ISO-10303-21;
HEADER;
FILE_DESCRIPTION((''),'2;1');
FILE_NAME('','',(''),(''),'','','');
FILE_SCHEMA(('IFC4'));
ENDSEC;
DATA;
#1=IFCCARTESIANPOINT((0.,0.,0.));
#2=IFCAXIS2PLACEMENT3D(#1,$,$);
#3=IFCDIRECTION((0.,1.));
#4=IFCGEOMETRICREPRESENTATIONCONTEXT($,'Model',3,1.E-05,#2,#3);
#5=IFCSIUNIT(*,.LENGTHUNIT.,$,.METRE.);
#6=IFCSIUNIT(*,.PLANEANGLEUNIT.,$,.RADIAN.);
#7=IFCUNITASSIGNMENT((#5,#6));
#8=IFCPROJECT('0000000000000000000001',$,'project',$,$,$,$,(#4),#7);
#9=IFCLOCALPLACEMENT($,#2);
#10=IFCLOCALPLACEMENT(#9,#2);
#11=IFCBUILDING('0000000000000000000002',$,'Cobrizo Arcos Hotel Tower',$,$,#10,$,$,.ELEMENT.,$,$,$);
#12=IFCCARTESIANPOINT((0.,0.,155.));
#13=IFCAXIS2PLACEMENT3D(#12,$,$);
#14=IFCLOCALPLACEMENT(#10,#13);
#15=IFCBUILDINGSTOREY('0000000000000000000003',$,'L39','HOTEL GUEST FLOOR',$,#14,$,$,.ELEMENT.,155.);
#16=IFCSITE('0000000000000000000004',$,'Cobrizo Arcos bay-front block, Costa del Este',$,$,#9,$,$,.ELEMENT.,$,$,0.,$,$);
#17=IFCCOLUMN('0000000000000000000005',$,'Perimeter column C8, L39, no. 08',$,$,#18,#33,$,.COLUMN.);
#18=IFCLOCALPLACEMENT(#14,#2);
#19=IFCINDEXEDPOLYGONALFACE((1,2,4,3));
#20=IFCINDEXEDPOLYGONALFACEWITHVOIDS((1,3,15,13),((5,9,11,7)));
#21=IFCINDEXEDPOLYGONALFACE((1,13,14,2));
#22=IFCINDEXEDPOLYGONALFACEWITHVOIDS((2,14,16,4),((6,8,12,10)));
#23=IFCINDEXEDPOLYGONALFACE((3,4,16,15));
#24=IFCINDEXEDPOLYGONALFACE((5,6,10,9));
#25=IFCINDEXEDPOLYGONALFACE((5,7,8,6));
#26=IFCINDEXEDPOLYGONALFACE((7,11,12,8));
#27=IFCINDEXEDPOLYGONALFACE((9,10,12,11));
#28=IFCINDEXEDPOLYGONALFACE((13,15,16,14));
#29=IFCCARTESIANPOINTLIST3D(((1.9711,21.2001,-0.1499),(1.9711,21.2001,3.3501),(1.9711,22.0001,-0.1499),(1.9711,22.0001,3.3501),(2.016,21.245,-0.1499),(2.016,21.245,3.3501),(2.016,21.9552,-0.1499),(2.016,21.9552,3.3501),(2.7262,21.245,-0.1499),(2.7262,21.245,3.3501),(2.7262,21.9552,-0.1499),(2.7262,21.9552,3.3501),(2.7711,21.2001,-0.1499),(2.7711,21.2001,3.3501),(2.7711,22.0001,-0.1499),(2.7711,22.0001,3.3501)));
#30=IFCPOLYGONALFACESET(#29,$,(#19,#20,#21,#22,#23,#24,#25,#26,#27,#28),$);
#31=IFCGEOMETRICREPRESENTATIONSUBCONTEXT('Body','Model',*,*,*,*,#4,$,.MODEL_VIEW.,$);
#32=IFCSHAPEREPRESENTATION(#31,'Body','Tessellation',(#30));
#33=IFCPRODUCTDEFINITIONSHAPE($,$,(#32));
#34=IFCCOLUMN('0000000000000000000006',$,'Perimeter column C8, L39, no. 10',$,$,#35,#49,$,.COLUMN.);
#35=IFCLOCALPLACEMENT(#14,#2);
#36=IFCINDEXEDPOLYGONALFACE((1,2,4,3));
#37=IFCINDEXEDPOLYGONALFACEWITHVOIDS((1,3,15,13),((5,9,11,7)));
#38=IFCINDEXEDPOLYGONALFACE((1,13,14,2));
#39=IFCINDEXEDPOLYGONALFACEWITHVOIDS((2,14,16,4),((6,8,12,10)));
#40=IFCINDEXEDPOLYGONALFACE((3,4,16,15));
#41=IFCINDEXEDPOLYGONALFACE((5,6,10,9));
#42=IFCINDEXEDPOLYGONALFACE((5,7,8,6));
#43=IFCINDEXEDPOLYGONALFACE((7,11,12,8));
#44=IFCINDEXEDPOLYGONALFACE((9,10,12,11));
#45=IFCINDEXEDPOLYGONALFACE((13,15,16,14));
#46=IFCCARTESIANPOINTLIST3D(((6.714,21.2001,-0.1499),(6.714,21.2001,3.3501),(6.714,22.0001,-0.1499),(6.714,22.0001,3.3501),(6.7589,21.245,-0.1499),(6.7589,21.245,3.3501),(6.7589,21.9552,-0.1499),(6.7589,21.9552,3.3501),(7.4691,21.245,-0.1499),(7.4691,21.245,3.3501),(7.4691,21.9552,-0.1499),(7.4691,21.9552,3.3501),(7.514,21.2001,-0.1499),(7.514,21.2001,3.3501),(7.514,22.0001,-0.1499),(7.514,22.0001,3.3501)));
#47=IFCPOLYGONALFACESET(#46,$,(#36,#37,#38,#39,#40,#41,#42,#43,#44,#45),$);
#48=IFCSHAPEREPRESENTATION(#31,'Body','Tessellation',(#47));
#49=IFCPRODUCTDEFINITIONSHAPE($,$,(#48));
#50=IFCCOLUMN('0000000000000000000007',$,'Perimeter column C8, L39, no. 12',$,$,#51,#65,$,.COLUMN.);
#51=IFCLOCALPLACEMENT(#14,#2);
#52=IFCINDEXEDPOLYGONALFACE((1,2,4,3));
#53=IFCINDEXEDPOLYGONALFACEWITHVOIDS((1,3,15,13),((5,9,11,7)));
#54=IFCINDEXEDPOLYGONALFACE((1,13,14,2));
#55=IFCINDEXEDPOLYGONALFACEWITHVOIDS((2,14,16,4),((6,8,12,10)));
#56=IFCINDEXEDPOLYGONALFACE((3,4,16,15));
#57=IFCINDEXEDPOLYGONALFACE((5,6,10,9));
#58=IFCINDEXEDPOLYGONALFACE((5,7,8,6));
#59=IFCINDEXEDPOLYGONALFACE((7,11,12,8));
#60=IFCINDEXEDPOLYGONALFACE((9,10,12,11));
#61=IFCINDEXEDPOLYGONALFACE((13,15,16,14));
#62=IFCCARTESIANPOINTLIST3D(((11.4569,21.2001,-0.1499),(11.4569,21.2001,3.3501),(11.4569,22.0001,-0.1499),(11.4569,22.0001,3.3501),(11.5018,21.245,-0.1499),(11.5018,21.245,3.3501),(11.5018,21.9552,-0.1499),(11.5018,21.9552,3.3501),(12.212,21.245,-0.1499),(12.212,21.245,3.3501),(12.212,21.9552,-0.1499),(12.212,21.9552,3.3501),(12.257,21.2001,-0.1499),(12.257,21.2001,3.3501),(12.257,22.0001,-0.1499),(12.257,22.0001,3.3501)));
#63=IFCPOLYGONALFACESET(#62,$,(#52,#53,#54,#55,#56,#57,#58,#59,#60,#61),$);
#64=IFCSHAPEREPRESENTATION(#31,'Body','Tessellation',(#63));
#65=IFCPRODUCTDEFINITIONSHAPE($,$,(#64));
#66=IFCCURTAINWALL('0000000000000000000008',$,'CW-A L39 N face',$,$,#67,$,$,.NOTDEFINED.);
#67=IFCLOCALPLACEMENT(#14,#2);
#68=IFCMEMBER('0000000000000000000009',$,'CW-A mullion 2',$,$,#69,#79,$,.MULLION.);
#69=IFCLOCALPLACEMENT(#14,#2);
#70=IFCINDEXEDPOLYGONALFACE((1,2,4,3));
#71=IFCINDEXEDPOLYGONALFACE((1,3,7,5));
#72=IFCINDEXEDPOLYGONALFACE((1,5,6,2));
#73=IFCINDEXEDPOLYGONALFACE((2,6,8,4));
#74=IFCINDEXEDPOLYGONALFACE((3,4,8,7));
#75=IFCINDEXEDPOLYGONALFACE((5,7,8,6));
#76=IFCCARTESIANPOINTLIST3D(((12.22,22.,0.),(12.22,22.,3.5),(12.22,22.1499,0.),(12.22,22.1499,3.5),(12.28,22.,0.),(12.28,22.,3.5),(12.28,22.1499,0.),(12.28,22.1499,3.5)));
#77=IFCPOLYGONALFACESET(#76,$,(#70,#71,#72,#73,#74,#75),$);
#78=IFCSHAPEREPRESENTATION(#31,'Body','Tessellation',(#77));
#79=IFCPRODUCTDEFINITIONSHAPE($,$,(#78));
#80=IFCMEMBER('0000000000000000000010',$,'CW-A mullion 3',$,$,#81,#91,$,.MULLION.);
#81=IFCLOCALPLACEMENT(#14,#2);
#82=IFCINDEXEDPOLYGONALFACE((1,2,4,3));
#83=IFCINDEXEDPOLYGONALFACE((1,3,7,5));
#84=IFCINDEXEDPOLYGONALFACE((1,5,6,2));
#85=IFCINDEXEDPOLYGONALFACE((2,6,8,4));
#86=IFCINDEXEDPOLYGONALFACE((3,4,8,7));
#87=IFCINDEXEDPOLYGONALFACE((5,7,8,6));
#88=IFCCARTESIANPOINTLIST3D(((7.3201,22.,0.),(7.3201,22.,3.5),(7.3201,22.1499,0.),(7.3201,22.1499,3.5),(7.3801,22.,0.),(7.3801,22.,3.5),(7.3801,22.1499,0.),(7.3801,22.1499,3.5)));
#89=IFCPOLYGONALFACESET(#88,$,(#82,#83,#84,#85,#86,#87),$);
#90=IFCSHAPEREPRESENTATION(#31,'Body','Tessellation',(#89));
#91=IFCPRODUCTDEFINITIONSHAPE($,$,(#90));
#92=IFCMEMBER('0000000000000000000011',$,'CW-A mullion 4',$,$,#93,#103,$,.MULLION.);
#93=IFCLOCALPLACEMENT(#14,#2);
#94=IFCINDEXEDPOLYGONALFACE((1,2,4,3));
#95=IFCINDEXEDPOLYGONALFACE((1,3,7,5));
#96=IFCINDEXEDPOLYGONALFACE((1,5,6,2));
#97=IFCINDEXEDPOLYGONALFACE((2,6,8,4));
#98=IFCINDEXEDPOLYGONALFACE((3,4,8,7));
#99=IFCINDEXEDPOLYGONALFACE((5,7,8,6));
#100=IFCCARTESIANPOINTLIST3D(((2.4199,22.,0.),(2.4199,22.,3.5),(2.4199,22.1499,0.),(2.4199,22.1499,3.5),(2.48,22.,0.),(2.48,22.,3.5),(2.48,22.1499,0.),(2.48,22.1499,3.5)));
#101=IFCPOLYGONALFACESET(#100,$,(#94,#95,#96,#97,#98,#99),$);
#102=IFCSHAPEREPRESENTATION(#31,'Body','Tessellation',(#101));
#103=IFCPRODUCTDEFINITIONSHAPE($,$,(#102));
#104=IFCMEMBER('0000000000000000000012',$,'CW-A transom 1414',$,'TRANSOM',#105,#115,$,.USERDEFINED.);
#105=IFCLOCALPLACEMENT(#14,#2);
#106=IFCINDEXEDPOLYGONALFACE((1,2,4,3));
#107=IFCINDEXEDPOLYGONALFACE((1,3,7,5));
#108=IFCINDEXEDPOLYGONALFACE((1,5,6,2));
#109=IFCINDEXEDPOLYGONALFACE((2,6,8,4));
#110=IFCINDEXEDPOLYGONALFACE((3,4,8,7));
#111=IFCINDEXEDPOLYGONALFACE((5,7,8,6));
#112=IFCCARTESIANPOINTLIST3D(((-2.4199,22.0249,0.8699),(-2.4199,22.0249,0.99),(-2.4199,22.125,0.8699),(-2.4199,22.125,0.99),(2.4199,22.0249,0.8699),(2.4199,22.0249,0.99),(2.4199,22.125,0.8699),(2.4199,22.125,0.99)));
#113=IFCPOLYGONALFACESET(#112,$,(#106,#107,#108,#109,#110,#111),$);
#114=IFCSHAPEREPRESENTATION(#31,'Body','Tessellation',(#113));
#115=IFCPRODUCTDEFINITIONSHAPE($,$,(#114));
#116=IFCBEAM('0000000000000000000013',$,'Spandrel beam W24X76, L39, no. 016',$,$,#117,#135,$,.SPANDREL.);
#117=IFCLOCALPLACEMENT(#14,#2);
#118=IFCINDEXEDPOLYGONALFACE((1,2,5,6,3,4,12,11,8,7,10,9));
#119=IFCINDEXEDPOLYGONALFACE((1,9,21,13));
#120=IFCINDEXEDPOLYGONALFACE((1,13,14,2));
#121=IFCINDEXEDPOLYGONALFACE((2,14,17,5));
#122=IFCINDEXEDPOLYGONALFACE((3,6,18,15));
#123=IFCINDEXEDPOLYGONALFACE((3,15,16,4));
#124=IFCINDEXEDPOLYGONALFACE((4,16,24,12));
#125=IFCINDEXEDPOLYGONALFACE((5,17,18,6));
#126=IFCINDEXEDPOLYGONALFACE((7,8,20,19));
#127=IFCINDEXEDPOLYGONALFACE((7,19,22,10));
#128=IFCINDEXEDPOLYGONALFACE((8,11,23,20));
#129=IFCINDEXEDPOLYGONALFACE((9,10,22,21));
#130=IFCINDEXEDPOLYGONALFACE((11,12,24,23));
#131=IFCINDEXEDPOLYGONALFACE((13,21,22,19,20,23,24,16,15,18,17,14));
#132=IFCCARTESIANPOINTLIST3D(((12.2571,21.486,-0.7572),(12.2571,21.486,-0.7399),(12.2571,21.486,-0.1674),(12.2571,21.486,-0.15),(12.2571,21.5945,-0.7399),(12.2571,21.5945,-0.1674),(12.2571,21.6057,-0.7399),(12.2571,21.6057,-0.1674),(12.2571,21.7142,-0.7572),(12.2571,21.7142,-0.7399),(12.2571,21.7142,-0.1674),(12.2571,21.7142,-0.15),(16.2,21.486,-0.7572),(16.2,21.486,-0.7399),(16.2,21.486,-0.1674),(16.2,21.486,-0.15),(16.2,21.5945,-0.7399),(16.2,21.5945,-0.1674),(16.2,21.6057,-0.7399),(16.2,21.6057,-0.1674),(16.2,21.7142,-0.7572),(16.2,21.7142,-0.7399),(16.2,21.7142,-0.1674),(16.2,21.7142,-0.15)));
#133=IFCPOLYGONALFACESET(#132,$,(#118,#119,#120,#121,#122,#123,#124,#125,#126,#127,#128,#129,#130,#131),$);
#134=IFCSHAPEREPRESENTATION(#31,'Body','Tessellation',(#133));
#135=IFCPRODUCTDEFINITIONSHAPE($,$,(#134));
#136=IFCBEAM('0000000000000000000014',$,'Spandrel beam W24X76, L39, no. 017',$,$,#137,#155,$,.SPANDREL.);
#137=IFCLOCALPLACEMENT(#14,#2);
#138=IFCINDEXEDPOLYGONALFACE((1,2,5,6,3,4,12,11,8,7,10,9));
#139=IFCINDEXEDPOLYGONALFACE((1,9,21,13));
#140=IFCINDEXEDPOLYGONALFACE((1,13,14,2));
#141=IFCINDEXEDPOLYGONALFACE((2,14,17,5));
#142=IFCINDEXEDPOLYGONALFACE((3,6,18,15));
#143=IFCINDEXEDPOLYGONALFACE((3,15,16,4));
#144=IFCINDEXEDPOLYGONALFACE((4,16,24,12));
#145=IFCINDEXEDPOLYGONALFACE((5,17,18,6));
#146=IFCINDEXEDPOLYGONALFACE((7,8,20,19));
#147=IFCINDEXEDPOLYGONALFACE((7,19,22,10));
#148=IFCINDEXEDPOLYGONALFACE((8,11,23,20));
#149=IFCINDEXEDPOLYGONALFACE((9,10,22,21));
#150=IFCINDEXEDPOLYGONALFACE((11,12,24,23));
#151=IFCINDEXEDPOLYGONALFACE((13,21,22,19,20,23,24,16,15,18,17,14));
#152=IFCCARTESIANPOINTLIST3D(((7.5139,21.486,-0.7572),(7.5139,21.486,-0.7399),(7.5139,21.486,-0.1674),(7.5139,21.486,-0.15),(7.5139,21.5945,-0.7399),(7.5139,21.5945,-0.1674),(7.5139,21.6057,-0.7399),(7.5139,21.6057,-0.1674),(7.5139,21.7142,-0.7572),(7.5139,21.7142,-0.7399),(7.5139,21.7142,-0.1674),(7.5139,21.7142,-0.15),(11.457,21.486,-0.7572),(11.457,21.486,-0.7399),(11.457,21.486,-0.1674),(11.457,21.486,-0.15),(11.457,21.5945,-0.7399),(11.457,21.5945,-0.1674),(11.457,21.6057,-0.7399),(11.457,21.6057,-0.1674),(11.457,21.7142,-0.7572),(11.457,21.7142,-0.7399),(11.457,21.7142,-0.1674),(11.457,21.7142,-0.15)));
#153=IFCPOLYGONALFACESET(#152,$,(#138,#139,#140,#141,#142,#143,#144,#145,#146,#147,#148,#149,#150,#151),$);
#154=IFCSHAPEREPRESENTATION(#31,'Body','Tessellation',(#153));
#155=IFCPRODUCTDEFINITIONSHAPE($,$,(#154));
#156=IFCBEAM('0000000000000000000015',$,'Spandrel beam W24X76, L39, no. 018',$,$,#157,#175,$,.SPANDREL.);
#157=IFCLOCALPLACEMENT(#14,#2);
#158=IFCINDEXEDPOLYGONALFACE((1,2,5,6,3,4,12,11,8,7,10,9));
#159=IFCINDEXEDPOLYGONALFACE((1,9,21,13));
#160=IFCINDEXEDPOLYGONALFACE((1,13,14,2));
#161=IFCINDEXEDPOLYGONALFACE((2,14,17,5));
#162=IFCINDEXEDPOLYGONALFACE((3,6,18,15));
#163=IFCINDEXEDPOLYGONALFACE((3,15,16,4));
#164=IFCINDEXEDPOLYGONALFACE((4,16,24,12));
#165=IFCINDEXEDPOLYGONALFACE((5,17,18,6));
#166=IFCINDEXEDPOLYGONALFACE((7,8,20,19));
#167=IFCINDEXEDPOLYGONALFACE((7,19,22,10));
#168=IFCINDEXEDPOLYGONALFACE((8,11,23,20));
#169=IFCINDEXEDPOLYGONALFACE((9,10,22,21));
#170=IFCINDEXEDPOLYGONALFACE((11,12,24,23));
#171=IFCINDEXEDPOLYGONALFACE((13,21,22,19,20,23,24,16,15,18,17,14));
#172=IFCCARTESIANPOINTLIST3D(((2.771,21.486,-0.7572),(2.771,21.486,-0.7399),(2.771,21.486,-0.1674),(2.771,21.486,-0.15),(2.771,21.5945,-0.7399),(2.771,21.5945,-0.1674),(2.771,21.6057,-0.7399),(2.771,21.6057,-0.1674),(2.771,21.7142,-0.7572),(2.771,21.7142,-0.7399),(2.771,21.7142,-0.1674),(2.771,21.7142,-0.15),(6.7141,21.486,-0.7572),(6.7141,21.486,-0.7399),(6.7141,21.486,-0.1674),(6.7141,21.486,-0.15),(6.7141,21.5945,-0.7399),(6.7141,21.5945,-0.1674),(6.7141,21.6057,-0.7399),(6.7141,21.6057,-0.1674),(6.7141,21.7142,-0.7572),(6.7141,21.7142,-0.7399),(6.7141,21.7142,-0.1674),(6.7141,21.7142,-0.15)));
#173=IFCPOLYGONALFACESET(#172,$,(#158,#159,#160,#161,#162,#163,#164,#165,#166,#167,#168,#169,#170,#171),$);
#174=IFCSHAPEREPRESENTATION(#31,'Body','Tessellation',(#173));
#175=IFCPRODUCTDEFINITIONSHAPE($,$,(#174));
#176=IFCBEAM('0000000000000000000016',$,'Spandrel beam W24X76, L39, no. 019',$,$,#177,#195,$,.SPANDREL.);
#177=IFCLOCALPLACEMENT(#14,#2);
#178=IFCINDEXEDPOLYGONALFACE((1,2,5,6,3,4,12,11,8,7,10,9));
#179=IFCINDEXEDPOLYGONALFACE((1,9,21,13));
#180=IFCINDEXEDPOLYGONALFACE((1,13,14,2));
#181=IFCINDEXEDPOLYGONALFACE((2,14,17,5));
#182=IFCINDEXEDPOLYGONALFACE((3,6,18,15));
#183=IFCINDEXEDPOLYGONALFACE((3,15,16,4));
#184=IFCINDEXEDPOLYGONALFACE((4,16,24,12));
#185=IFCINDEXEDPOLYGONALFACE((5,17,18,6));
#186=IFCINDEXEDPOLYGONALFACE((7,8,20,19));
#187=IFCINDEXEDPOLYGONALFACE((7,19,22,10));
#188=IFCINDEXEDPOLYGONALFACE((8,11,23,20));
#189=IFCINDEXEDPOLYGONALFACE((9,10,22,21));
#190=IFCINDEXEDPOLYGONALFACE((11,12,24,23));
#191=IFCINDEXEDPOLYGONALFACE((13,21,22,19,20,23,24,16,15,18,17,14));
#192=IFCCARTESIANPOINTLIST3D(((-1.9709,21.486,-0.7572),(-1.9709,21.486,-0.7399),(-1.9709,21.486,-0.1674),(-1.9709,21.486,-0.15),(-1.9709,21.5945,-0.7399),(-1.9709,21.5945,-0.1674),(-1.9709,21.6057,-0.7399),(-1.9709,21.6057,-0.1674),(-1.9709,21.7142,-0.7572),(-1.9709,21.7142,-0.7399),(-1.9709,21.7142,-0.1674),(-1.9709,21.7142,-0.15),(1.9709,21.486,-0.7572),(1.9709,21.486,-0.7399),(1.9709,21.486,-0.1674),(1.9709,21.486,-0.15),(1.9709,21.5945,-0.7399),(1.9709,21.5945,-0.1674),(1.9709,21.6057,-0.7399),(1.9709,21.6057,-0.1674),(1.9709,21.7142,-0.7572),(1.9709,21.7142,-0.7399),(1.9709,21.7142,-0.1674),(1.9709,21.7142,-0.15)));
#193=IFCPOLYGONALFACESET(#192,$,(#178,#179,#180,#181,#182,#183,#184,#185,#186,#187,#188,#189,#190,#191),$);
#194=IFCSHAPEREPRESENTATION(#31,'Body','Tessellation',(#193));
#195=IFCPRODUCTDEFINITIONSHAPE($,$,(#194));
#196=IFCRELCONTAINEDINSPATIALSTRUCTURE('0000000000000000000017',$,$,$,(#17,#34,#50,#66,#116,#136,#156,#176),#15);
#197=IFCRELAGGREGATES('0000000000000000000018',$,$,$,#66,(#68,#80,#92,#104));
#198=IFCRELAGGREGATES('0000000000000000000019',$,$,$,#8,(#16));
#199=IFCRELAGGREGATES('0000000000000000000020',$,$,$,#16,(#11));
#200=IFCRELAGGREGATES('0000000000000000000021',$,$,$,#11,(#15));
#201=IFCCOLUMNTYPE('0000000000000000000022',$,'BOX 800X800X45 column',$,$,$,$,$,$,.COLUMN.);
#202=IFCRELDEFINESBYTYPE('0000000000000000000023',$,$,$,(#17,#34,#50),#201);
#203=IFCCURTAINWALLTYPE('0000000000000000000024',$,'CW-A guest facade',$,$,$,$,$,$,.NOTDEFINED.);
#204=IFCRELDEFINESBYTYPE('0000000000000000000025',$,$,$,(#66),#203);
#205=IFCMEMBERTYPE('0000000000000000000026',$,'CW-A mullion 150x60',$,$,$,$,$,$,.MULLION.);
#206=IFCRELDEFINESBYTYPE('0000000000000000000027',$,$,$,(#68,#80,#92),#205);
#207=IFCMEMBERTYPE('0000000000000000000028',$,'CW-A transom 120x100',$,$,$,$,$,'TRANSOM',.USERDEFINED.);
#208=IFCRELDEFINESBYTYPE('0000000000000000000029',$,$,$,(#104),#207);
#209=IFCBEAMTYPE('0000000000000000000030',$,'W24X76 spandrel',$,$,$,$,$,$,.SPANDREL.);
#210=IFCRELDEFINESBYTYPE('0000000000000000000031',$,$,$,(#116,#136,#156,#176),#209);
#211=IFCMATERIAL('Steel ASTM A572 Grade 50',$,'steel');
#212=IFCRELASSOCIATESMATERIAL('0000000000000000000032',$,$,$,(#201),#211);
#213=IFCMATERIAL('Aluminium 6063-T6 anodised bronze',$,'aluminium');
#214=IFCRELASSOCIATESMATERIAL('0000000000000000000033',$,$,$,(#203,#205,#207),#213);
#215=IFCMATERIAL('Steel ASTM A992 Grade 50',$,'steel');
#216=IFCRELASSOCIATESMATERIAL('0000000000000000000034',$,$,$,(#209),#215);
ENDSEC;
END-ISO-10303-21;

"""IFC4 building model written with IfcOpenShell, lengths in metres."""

from ifc_helpers import new_model, si_unit, direction, frame, origin, origin_2d, place, context, subcontext, project, spatial, rectangle, hollow_rectangle, i_section, extrude, material, material_profile, profile_set, type_object, element, aggregate, save


model = new_model("IFC4")

# Units and contexts
model_context = context("Model", 3, precision=1e-05, world=origin(), true_north=direction((0.0, 1.0)))
body_context = subcontext(model_context, "Body", "Model", "MODEL_VIEW")
ifc_project = project(units=[si_unit("LENGTHUNIT", "METRE"), si_unit("PLANEANGLEUNIT", "RADIAN")], contexts=[model_context])

# Site, building, storey
site_placement = place(None, origin())
site = spatial("IfcSite", under=ifc_project, at=site_placement, Name="Cobrizo Arcos bay-front block, Costa del Este", CompositionType="ELEMENT", RefElevation=0.0)
building_placement = place(site_placement, origin())
building = spatial("IfcBuilding", under=site, at=building_placement, Name="Cobrizo Arcos Hotel Tower", CompositionType="ELEMENT")
storey_placement = place(building_placement, frame((0.0, 0.0, 155.0)))
storey = spatial("IfcBuildingStorey", under=building, at=storey_placement, Name="L39", Description="HOTEL GUEST FLOOR", CompositionType="ELEMENT", Elevation=155.0)

# Columns
ifc_material_1 = material(Name="Steel ASTM A572 Grade 50", Category="steel")
ifc_material_profile_1 = material_profile(ifc_material_1, hollow_rectangle(XDim=0.8, YDim=0.8, WallThickness=0.0449, at=origin_2d()), Name="BOX 800X800X45")
ifc_profile_set_1 = profile_set([ifc_material_profile_1], Name="Steel ASTM A572 Grade 50")
column_type = type_object("IfcColumnType", Name="BOX 800X800X45 column", PredefinedType="COLUMN", material=ifc_profile_set_1)
for number, where, z_axis, x_axis, name in (
    (1, (2.3711, 21.6001, -0.1499), (0.0, 0.0, 1.0), (1.0, 0.0, 0.0), "Perimeter column C8, L39, no. 08"),
    (2, (7.114, 21.6001, -0.1499), (0.0, 0.0, 1.0), (1.0, 0.0, 0.0), "Perimeter column C8, L39, no. 10"),
    (3, (11.8569, 21.6001, -0.1499), (0.0, 0.0, 1.0), (1.0, 0.0, 0.0), "Perimeter column C8, L39, no. 12"),
):
    element("IfcColumn", number, at=place(storey_placement, frame(where, z_axis=z_axis, x_axis=x_axis)), inside=storey, type_object=column_type, Name=name, PredefinedType="COLUMN", context=body_context, shape_type="SweptSolid", body=[
        extrude(hollow_rectangle(XDim=0.8, YDim=0.8, WallThickness=0.0449, at=origin_2d()), origin(), (0.0, 0.0, 1.0), 3.5),
    ])

# Curtain wall, members
ifc_material_2 = material(Name="Aluminium 6063-T6 anodised bronze", Category="aluminium")
curtain_wall_type = type_object("IfcCurtainWallType", Name="CW-A guest facade", PredefinedType="NOTDEFINED", material=ifc_material_2)
curtain_wall_placement = place(storey_placement, origin())
curtain_wall = element("IfcCurtainWall", 4, at=curtain_wall_placement, inside=storey, type_object=curtain_wall_type, Name="CW-A L39 N face", PredefinedType="NOTDEFINED")
ifc_material_profile_2 = material_profile(ifc_material_2, rectangle(XDim=0.1499, YDim=0.0601, at=origin_2d()), Name="CW-A mullion 150x60")
ifc_profile_set_2 = profile_set([ifc_material_profile_2], Name="Aluminium 6063-T6 anodised bronze")
member_type_1 = type_object("IfcMemberType", Name="CW-A mullion 150x60", PredefinedType="MULLION", material=ifc_profile_set_2)
member_1_placement = place(storey_placement, frame((12.25, 22.075, 0.0), z_axis=(0.0, 0.0, 1.0), x_axis=(0.0, 1.0, 0.0)))
member_1 = element("IfcMember", 5, at=member_1_placement, type_object=member_type_1, Name="CW-A mullion 2", PredefinedType="MULLION", context=body_context, shape_type="SweptSolid", body=[
    extrude(rectangle(XDim=0.1499, YDim=0.0601, at=origin_2d()), origin(), (0.0, 0.0, 1.0), 3.5),
])
member_2_placement = place(storey_placement, frame((7.3501, 22.075, 0.0), z_axis=(0.0, 0.0, 1.0), x_axis=(0.0, 1.0, 0.0)))
member_2 = element("IfcMember", 6, at=member_2_placement, type_object=member_type_1, Name="CW-A mullion 3", PredefinedType="MULLION", context=body_context, shape_type="SweptSolid", body=[
    extrude(rectangle(XDim=0.1499, YDim=0.0601, at=origin_2d()), origin(), (0.0, 0.0, 1.0), 3.5),
])
member_3_placement = place(storey_placement, frame((2.45, 22.075, 0.0), z_axis=(0.0, 0.0, 1.0), x_axis=(0.0, 1.0, 0.0)))
member_3 = element("IfcMember", 7, at=member_3_placement, type_object=member_type_1, Name="CW-A mullion 4", PredefinedType="MULLION", context=body_context, shape_type="SweptSolid", body=[
    extrude(rectangle(XDim=0.1499, YDim=0.0601, at=origin_2d()), origin(), (0.0, 0.0, 1.0), 3.5),
])
ifc_material_profile_3 = material_profile(ifc_material_2, rectangle(XDim=0.1001, YDim=0.1201, at=origin_2d()), Name="CW-A transom 120x100")
ifc_profile_set_3 = profile_set([ifc_material_profile_3], Name="Aluminium 6063-T6 anodised bronze")
member_type_2 = type_object("IfcMemberType", Name="CW-A transom 120x100", ElementType="TRANSOM", PredefinedType="USERDEFINED", material=ifc_profile_set_3)
member_4_placement = place(storey_placement, frame((2.4199, 22.075, 0.9299), z_axis=(-1.0, 0.0, 0.0), x_axis=(0.0, -1.0, 0.0)))
member_4 = element("IfcMember", 8, at=member_4_placement, type_object=member_type_2, Name="CW-A transom 1414", ObjectType="TRANSOM", PredefinedType="USERDEFINED", context=body_context, shape_type="SweptSolid", body=[
    extrude(rectangle(XDim=0.1001, YDim=0.1201, at=origin_2d()), origin(), (0.0, 0.0, 1.0), 4.8398),
])

# Beams
ifc_material_3 = material(Name="Steel ASTM A992 Grade 50", Category="steel")
ifc_material_profile_4 = material_profile(ifc_material_3, i_section(OverallWidth=0.2283, OverallDepth=0.6072, WebThickness=0.0112, FlangeThickness=0.0173, at=origin_2d()), Name="W24X76")
ifc_profile_set_4 = profile_set([ifc_material_profile_4], Name="Steel ASTM A992 Grade 50")
beam_type = type_object("IfcBeamType", Name="W24X76 spandrel", PredefinedType="SPANDREL", material=ifc_profile_set_4)
beam_1_placement = place(storey_placement, frame((16.2, 21.6001, -0.4536), z_axis=(-1.0, 0.0, 0.0), x_axis=(0.0, -1.0, 0.0)))
element("IfcBeam", 9, at=beam_1_placement, inside=storey, type_object=beam_type, Name="Spandrel beam W24X76, L39, no. 016", PredefinedType="SPANDREL", context=body_context, shape_type="SweptSolid", body=[
    extrude(i_section(OverallWidth=0.2283, OverallDepth=0.6072, WebThickness=0.0112, FlangeThickness=0.0173, at=origin_2d()), origin(), (0.0, 0.0, 1.0), 3.9429),
])
for number, where, z_axis, x_axis, name in (
    (10, (11.457, 21.6001, -0.4536), (-1.0, 0.0, 0.0), (0.0, -1.0, 0.0), "Spandrel beam W24X76, L39, no. 017"),
    (11, (6.7141, 21.6001, -0.4536), (-1.0, 0.0, 0.0), (0.0, -1.0, 0.0), "Spandrel beam W24X76, L39, no. 018"),
):
    element("IfcBeam", number, at=place(storey_placement, frame(where, z_axis=z_axis, x_axis=x_axis)), inside=storey, type_object=beam_type, Name=name, PredefinedType="SPANDREL", context=body_context, shape_type="SweptSolid", body=[
        extrude(i_section(OverallWidth=0.2283, OverallDepth=0.6072, WebThickness=0.0112, FlangeThickness=0.0173, at=origin_2d()), origin(), (0.0, 0.0, 1.0), 3.9431),
    ])
beam_2_placement = place(storey_placement, frame((1.9709, 21.6001, -0.4536), z_axis=(-1.0, 0.0, 0.0), x_axis=(0.0, -1.0, 0.0)))
element("IfcBeam", 12, at=beam_2_placement, inside=storey, type_object=beam_type, Name="Spandrel beam W24X76, L39, no. 019", PredefinedType="SPANDREL", context=body_context, shape_type="SweptSolid", body=[
    extrude(i_section(OverallWidth=0.2283, OverallDepth=0.6072, WebThickness=0.0112, FlangeThickness=0.0173, at=origin_2d()), origin(), (0.0, 0.0, 1.0), 3.9419),
])

aggregate(curtain_wall, [member_1, member_2, member_3, member_4])

save(model, "model.ifc")
